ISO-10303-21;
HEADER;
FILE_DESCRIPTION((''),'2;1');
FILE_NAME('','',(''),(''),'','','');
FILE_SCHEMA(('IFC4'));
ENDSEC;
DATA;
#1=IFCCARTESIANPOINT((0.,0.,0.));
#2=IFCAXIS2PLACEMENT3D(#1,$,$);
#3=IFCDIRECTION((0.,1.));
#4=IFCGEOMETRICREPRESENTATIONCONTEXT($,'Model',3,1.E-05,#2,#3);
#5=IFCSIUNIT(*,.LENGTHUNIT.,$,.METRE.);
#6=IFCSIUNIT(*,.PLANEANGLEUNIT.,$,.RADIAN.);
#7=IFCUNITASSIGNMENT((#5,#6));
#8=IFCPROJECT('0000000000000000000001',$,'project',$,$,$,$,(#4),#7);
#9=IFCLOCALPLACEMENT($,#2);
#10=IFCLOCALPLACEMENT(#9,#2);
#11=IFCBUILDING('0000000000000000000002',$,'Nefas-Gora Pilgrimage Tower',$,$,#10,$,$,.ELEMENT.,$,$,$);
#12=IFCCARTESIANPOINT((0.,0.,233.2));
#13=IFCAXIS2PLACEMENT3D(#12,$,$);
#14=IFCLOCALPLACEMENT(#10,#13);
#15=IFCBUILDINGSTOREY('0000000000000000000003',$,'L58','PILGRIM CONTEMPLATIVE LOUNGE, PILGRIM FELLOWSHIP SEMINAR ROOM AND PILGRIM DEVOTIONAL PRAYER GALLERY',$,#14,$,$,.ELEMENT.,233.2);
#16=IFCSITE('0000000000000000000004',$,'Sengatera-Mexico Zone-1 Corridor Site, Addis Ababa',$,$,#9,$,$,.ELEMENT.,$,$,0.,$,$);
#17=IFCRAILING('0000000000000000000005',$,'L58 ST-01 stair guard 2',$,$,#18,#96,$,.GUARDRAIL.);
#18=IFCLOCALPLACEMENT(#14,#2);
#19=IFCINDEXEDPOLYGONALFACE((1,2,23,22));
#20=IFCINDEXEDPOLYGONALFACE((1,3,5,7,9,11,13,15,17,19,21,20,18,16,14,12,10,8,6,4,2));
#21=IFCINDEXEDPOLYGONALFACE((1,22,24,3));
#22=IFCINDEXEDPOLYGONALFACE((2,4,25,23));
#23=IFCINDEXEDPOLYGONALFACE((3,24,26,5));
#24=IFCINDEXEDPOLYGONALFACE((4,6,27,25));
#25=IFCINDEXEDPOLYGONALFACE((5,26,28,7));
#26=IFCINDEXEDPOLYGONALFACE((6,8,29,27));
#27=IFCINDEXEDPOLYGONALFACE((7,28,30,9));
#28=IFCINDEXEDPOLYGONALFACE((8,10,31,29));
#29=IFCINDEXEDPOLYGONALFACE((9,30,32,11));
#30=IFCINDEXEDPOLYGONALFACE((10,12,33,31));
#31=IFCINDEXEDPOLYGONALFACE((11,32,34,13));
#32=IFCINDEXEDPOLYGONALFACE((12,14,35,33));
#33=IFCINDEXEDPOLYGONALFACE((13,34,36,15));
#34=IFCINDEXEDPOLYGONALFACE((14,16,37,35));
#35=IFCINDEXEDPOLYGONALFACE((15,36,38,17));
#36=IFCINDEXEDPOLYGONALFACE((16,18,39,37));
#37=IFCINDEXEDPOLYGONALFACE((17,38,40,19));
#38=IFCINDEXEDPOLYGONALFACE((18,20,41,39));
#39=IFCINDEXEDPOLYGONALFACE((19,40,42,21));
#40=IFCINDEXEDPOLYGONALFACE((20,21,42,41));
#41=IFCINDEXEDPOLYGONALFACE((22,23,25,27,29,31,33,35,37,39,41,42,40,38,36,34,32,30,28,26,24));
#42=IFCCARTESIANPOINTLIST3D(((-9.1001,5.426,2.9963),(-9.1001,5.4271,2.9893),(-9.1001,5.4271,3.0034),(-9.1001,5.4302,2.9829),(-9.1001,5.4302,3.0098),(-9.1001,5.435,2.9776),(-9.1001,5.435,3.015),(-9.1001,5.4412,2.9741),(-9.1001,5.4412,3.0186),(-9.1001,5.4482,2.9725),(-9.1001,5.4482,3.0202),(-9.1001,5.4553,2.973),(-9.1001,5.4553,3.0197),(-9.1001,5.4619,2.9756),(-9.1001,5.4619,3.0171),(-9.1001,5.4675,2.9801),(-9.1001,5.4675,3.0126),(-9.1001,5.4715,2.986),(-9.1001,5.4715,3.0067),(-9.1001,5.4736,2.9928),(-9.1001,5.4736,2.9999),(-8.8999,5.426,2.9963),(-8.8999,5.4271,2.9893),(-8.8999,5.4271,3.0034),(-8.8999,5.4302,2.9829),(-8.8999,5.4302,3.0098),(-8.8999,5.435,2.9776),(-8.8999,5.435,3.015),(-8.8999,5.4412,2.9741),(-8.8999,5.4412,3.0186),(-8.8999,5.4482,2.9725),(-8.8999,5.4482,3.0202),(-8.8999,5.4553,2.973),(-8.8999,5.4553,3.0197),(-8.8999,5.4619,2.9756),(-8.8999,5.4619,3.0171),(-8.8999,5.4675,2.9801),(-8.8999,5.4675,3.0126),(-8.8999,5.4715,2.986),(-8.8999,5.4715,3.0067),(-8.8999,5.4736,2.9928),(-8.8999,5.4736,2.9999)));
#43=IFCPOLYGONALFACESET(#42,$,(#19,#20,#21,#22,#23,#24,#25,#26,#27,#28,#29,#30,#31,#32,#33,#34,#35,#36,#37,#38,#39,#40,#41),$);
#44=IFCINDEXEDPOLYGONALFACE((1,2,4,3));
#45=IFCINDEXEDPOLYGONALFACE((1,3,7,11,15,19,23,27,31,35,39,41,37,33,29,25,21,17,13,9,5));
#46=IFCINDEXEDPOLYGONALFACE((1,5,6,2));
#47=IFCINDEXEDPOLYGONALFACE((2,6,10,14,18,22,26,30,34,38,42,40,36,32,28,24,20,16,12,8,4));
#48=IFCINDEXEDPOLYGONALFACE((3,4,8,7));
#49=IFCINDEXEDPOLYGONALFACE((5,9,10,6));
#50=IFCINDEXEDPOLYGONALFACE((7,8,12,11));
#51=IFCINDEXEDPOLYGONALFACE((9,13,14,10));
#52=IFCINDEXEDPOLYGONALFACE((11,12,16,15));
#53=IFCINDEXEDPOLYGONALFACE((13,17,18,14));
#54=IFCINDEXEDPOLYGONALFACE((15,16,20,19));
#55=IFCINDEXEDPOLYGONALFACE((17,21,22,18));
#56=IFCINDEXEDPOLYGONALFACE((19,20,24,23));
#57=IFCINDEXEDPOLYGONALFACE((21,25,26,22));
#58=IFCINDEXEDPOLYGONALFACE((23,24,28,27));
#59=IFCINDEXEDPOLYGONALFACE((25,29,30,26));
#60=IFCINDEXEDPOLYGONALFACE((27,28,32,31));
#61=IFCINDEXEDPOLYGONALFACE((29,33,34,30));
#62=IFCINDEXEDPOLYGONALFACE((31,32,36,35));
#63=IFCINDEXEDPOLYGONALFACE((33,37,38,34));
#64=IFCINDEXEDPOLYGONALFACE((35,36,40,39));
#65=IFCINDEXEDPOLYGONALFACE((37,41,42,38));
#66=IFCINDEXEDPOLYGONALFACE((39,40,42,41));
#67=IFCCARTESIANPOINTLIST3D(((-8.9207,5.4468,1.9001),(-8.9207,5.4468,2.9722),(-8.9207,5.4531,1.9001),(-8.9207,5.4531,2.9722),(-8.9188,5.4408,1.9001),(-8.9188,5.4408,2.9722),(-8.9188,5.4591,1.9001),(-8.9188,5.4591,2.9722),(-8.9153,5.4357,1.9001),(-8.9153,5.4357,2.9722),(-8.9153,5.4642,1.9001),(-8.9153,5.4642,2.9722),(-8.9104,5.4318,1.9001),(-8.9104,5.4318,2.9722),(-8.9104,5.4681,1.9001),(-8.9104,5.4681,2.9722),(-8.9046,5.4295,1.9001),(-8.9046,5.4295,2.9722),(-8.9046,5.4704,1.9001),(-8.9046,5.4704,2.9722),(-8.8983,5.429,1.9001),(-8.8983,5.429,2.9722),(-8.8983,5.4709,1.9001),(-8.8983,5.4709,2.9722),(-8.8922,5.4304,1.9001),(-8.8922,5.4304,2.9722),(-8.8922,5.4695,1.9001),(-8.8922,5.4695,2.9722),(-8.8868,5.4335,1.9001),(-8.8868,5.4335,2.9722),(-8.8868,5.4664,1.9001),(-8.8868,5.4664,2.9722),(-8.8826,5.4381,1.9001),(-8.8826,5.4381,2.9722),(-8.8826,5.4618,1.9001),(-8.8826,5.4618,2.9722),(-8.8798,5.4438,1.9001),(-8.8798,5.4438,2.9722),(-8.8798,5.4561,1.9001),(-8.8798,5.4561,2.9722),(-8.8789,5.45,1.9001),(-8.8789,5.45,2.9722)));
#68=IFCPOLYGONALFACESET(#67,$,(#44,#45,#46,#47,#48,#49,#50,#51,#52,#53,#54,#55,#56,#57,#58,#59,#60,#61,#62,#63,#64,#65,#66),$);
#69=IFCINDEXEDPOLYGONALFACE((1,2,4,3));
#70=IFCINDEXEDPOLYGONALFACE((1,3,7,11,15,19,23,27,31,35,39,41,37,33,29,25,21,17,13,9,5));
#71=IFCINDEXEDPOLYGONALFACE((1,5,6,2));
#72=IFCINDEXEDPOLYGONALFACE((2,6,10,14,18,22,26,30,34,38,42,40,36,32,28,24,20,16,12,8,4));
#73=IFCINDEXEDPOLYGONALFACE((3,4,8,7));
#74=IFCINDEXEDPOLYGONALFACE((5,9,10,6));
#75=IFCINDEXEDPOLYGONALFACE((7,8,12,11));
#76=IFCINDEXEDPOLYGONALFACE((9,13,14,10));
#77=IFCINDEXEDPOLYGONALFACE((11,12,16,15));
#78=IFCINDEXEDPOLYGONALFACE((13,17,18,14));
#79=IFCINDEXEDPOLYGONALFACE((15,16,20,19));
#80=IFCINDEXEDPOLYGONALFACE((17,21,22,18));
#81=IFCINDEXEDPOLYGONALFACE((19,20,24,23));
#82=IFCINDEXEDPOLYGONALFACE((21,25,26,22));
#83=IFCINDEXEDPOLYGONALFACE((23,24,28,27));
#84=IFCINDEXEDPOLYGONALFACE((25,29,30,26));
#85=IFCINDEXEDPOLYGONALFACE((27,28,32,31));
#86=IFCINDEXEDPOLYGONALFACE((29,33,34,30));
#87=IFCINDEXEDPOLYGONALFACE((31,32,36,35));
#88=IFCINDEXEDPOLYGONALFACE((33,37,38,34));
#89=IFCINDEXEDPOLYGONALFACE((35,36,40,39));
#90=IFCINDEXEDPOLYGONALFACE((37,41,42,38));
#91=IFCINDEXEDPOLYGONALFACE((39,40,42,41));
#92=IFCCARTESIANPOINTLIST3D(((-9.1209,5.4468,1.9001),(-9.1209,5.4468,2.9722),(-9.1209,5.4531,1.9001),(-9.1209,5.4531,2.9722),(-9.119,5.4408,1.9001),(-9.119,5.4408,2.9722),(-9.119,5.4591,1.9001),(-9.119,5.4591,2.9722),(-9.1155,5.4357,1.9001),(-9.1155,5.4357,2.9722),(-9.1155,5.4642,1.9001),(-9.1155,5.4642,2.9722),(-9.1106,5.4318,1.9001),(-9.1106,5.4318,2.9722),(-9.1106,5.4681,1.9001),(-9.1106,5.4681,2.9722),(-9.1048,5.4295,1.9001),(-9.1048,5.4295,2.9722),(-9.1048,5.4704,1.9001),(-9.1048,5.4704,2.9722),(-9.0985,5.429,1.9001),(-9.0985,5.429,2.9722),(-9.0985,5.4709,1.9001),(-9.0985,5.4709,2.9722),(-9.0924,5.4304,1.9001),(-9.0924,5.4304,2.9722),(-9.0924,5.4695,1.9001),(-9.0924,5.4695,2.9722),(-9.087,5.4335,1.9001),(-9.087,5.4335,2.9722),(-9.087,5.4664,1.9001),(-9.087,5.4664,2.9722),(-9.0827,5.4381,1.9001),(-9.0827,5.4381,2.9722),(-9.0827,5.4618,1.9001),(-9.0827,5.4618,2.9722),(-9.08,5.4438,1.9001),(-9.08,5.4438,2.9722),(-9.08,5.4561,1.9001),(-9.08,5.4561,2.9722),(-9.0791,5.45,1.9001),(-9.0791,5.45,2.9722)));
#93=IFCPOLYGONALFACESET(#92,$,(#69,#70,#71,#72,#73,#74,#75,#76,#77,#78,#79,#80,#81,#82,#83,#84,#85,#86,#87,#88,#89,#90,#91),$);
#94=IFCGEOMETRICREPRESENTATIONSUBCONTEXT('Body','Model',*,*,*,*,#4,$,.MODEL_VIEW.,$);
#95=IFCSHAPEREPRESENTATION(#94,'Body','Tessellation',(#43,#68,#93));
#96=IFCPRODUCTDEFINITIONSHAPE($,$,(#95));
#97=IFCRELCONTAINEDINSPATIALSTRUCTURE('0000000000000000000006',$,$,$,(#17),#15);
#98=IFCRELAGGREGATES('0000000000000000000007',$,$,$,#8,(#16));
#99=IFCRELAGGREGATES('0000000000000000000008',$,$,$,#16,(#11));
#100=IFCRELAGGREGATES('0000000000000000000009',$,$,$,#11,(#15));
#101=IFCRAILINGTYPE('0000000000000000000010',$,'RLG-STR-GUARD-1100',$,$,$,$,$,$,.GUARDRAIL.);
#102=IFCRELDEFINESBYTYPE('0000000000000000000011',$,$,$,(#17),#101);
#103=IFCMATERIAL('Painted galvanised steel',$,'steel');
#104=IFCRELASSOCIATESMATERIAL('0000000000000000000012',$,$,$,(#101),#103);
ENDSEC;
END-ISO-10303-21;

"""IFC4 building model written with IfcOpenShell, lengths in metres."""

from ifc_helpers import new_model, si_unit, direction, frame, origin, origin_2d, place, context, subcontext, project, spatial, circle, extrude, material, type_object, element, save


model = new_model("IFC4")

# Units and contexts
model_context = context("Model", 3, precision=1e-05, world=origin(), true_north=direction((0.0, 1.0)))
body_context = subcontext(model_context, "Body", "Model", "MODEL_VIEW")
ifc_project = project(units=[si_unit("LENGTHUNIT", "METRE"), si_unit("PLANEANGLEUNIT", "RADIAN")], contexts=[model_context])

# Site, building, storey
site_placement = place(None, origin())
site = spatial("IfcSite", under=ifc_project, at=site_placement, Name="Sengatera-Mexico Zone-1 Corridor Site, Addis Ababa", CompositionType="ELEMENT", RefElevation=0.0)
building_placement = place(site_placement, origin())
building = spatial("IfcBuilding", under=site, at=building_placement, Name="Nefas-Gora Pilgrimage Tower", CompositionType="ELEMENT")
storey_placement = place(building_placement, frame((0.0, 0.0, 233.2)))
storey = spatial("IfcBuildingStorey", under=building, at=storey_placement, Name="L58", Description="PILGRIM CONTEMPLATIVE LOUNGE, PILGRIM FELLOWSHIP SEMINAR ROOM AND PILGRIM DEVOTIONAL PRAYER GALLERY", CompositionType="ELEMENT", Elevation=233.2)

# Railing
ifc_material_1 = material(Name="Painted galvanised steel", Category="steel")
railing_type_1 = type_object("IfcRailingType", Name="RLG-STR-GUARD-1100", PredefinedType="GUARDRAIL", material=ifc_material_1)
railing_1_placement = place(storey_placement, frame((-8.8999, 5.45, 1.9001)))
element("IfcRailing", 1, at=railing_1_placement, inside=storey, type_object=railing_type_1, Name="L58 ST-01 stair guard 2", PredefinedType="GUARDRAIL", context=body_context, shape_type="SweptSolid", body=[
    extrude(circle(Radius=0.0239, at=origin_2d()), frame((0.0, 0.0, 1.0962), z_axis=(-1.0, 0.0, 0.0), x_axis=(0.0, -1.0, 0.0)), (0.0, 0.0, 1.0), 0.2002),
    extrude(circle(Radius=0.021, at=origin_2d()), origin(), (0.0, 0.0, 1.0), 1.072),
    extrude(circle(Radius=0.021, at=origin_2d()), frame((-0.2002, 0.0, 0.0)), (0.0, 0.0, 1.0), 1.072),
])

save(model, "model.ifc")
